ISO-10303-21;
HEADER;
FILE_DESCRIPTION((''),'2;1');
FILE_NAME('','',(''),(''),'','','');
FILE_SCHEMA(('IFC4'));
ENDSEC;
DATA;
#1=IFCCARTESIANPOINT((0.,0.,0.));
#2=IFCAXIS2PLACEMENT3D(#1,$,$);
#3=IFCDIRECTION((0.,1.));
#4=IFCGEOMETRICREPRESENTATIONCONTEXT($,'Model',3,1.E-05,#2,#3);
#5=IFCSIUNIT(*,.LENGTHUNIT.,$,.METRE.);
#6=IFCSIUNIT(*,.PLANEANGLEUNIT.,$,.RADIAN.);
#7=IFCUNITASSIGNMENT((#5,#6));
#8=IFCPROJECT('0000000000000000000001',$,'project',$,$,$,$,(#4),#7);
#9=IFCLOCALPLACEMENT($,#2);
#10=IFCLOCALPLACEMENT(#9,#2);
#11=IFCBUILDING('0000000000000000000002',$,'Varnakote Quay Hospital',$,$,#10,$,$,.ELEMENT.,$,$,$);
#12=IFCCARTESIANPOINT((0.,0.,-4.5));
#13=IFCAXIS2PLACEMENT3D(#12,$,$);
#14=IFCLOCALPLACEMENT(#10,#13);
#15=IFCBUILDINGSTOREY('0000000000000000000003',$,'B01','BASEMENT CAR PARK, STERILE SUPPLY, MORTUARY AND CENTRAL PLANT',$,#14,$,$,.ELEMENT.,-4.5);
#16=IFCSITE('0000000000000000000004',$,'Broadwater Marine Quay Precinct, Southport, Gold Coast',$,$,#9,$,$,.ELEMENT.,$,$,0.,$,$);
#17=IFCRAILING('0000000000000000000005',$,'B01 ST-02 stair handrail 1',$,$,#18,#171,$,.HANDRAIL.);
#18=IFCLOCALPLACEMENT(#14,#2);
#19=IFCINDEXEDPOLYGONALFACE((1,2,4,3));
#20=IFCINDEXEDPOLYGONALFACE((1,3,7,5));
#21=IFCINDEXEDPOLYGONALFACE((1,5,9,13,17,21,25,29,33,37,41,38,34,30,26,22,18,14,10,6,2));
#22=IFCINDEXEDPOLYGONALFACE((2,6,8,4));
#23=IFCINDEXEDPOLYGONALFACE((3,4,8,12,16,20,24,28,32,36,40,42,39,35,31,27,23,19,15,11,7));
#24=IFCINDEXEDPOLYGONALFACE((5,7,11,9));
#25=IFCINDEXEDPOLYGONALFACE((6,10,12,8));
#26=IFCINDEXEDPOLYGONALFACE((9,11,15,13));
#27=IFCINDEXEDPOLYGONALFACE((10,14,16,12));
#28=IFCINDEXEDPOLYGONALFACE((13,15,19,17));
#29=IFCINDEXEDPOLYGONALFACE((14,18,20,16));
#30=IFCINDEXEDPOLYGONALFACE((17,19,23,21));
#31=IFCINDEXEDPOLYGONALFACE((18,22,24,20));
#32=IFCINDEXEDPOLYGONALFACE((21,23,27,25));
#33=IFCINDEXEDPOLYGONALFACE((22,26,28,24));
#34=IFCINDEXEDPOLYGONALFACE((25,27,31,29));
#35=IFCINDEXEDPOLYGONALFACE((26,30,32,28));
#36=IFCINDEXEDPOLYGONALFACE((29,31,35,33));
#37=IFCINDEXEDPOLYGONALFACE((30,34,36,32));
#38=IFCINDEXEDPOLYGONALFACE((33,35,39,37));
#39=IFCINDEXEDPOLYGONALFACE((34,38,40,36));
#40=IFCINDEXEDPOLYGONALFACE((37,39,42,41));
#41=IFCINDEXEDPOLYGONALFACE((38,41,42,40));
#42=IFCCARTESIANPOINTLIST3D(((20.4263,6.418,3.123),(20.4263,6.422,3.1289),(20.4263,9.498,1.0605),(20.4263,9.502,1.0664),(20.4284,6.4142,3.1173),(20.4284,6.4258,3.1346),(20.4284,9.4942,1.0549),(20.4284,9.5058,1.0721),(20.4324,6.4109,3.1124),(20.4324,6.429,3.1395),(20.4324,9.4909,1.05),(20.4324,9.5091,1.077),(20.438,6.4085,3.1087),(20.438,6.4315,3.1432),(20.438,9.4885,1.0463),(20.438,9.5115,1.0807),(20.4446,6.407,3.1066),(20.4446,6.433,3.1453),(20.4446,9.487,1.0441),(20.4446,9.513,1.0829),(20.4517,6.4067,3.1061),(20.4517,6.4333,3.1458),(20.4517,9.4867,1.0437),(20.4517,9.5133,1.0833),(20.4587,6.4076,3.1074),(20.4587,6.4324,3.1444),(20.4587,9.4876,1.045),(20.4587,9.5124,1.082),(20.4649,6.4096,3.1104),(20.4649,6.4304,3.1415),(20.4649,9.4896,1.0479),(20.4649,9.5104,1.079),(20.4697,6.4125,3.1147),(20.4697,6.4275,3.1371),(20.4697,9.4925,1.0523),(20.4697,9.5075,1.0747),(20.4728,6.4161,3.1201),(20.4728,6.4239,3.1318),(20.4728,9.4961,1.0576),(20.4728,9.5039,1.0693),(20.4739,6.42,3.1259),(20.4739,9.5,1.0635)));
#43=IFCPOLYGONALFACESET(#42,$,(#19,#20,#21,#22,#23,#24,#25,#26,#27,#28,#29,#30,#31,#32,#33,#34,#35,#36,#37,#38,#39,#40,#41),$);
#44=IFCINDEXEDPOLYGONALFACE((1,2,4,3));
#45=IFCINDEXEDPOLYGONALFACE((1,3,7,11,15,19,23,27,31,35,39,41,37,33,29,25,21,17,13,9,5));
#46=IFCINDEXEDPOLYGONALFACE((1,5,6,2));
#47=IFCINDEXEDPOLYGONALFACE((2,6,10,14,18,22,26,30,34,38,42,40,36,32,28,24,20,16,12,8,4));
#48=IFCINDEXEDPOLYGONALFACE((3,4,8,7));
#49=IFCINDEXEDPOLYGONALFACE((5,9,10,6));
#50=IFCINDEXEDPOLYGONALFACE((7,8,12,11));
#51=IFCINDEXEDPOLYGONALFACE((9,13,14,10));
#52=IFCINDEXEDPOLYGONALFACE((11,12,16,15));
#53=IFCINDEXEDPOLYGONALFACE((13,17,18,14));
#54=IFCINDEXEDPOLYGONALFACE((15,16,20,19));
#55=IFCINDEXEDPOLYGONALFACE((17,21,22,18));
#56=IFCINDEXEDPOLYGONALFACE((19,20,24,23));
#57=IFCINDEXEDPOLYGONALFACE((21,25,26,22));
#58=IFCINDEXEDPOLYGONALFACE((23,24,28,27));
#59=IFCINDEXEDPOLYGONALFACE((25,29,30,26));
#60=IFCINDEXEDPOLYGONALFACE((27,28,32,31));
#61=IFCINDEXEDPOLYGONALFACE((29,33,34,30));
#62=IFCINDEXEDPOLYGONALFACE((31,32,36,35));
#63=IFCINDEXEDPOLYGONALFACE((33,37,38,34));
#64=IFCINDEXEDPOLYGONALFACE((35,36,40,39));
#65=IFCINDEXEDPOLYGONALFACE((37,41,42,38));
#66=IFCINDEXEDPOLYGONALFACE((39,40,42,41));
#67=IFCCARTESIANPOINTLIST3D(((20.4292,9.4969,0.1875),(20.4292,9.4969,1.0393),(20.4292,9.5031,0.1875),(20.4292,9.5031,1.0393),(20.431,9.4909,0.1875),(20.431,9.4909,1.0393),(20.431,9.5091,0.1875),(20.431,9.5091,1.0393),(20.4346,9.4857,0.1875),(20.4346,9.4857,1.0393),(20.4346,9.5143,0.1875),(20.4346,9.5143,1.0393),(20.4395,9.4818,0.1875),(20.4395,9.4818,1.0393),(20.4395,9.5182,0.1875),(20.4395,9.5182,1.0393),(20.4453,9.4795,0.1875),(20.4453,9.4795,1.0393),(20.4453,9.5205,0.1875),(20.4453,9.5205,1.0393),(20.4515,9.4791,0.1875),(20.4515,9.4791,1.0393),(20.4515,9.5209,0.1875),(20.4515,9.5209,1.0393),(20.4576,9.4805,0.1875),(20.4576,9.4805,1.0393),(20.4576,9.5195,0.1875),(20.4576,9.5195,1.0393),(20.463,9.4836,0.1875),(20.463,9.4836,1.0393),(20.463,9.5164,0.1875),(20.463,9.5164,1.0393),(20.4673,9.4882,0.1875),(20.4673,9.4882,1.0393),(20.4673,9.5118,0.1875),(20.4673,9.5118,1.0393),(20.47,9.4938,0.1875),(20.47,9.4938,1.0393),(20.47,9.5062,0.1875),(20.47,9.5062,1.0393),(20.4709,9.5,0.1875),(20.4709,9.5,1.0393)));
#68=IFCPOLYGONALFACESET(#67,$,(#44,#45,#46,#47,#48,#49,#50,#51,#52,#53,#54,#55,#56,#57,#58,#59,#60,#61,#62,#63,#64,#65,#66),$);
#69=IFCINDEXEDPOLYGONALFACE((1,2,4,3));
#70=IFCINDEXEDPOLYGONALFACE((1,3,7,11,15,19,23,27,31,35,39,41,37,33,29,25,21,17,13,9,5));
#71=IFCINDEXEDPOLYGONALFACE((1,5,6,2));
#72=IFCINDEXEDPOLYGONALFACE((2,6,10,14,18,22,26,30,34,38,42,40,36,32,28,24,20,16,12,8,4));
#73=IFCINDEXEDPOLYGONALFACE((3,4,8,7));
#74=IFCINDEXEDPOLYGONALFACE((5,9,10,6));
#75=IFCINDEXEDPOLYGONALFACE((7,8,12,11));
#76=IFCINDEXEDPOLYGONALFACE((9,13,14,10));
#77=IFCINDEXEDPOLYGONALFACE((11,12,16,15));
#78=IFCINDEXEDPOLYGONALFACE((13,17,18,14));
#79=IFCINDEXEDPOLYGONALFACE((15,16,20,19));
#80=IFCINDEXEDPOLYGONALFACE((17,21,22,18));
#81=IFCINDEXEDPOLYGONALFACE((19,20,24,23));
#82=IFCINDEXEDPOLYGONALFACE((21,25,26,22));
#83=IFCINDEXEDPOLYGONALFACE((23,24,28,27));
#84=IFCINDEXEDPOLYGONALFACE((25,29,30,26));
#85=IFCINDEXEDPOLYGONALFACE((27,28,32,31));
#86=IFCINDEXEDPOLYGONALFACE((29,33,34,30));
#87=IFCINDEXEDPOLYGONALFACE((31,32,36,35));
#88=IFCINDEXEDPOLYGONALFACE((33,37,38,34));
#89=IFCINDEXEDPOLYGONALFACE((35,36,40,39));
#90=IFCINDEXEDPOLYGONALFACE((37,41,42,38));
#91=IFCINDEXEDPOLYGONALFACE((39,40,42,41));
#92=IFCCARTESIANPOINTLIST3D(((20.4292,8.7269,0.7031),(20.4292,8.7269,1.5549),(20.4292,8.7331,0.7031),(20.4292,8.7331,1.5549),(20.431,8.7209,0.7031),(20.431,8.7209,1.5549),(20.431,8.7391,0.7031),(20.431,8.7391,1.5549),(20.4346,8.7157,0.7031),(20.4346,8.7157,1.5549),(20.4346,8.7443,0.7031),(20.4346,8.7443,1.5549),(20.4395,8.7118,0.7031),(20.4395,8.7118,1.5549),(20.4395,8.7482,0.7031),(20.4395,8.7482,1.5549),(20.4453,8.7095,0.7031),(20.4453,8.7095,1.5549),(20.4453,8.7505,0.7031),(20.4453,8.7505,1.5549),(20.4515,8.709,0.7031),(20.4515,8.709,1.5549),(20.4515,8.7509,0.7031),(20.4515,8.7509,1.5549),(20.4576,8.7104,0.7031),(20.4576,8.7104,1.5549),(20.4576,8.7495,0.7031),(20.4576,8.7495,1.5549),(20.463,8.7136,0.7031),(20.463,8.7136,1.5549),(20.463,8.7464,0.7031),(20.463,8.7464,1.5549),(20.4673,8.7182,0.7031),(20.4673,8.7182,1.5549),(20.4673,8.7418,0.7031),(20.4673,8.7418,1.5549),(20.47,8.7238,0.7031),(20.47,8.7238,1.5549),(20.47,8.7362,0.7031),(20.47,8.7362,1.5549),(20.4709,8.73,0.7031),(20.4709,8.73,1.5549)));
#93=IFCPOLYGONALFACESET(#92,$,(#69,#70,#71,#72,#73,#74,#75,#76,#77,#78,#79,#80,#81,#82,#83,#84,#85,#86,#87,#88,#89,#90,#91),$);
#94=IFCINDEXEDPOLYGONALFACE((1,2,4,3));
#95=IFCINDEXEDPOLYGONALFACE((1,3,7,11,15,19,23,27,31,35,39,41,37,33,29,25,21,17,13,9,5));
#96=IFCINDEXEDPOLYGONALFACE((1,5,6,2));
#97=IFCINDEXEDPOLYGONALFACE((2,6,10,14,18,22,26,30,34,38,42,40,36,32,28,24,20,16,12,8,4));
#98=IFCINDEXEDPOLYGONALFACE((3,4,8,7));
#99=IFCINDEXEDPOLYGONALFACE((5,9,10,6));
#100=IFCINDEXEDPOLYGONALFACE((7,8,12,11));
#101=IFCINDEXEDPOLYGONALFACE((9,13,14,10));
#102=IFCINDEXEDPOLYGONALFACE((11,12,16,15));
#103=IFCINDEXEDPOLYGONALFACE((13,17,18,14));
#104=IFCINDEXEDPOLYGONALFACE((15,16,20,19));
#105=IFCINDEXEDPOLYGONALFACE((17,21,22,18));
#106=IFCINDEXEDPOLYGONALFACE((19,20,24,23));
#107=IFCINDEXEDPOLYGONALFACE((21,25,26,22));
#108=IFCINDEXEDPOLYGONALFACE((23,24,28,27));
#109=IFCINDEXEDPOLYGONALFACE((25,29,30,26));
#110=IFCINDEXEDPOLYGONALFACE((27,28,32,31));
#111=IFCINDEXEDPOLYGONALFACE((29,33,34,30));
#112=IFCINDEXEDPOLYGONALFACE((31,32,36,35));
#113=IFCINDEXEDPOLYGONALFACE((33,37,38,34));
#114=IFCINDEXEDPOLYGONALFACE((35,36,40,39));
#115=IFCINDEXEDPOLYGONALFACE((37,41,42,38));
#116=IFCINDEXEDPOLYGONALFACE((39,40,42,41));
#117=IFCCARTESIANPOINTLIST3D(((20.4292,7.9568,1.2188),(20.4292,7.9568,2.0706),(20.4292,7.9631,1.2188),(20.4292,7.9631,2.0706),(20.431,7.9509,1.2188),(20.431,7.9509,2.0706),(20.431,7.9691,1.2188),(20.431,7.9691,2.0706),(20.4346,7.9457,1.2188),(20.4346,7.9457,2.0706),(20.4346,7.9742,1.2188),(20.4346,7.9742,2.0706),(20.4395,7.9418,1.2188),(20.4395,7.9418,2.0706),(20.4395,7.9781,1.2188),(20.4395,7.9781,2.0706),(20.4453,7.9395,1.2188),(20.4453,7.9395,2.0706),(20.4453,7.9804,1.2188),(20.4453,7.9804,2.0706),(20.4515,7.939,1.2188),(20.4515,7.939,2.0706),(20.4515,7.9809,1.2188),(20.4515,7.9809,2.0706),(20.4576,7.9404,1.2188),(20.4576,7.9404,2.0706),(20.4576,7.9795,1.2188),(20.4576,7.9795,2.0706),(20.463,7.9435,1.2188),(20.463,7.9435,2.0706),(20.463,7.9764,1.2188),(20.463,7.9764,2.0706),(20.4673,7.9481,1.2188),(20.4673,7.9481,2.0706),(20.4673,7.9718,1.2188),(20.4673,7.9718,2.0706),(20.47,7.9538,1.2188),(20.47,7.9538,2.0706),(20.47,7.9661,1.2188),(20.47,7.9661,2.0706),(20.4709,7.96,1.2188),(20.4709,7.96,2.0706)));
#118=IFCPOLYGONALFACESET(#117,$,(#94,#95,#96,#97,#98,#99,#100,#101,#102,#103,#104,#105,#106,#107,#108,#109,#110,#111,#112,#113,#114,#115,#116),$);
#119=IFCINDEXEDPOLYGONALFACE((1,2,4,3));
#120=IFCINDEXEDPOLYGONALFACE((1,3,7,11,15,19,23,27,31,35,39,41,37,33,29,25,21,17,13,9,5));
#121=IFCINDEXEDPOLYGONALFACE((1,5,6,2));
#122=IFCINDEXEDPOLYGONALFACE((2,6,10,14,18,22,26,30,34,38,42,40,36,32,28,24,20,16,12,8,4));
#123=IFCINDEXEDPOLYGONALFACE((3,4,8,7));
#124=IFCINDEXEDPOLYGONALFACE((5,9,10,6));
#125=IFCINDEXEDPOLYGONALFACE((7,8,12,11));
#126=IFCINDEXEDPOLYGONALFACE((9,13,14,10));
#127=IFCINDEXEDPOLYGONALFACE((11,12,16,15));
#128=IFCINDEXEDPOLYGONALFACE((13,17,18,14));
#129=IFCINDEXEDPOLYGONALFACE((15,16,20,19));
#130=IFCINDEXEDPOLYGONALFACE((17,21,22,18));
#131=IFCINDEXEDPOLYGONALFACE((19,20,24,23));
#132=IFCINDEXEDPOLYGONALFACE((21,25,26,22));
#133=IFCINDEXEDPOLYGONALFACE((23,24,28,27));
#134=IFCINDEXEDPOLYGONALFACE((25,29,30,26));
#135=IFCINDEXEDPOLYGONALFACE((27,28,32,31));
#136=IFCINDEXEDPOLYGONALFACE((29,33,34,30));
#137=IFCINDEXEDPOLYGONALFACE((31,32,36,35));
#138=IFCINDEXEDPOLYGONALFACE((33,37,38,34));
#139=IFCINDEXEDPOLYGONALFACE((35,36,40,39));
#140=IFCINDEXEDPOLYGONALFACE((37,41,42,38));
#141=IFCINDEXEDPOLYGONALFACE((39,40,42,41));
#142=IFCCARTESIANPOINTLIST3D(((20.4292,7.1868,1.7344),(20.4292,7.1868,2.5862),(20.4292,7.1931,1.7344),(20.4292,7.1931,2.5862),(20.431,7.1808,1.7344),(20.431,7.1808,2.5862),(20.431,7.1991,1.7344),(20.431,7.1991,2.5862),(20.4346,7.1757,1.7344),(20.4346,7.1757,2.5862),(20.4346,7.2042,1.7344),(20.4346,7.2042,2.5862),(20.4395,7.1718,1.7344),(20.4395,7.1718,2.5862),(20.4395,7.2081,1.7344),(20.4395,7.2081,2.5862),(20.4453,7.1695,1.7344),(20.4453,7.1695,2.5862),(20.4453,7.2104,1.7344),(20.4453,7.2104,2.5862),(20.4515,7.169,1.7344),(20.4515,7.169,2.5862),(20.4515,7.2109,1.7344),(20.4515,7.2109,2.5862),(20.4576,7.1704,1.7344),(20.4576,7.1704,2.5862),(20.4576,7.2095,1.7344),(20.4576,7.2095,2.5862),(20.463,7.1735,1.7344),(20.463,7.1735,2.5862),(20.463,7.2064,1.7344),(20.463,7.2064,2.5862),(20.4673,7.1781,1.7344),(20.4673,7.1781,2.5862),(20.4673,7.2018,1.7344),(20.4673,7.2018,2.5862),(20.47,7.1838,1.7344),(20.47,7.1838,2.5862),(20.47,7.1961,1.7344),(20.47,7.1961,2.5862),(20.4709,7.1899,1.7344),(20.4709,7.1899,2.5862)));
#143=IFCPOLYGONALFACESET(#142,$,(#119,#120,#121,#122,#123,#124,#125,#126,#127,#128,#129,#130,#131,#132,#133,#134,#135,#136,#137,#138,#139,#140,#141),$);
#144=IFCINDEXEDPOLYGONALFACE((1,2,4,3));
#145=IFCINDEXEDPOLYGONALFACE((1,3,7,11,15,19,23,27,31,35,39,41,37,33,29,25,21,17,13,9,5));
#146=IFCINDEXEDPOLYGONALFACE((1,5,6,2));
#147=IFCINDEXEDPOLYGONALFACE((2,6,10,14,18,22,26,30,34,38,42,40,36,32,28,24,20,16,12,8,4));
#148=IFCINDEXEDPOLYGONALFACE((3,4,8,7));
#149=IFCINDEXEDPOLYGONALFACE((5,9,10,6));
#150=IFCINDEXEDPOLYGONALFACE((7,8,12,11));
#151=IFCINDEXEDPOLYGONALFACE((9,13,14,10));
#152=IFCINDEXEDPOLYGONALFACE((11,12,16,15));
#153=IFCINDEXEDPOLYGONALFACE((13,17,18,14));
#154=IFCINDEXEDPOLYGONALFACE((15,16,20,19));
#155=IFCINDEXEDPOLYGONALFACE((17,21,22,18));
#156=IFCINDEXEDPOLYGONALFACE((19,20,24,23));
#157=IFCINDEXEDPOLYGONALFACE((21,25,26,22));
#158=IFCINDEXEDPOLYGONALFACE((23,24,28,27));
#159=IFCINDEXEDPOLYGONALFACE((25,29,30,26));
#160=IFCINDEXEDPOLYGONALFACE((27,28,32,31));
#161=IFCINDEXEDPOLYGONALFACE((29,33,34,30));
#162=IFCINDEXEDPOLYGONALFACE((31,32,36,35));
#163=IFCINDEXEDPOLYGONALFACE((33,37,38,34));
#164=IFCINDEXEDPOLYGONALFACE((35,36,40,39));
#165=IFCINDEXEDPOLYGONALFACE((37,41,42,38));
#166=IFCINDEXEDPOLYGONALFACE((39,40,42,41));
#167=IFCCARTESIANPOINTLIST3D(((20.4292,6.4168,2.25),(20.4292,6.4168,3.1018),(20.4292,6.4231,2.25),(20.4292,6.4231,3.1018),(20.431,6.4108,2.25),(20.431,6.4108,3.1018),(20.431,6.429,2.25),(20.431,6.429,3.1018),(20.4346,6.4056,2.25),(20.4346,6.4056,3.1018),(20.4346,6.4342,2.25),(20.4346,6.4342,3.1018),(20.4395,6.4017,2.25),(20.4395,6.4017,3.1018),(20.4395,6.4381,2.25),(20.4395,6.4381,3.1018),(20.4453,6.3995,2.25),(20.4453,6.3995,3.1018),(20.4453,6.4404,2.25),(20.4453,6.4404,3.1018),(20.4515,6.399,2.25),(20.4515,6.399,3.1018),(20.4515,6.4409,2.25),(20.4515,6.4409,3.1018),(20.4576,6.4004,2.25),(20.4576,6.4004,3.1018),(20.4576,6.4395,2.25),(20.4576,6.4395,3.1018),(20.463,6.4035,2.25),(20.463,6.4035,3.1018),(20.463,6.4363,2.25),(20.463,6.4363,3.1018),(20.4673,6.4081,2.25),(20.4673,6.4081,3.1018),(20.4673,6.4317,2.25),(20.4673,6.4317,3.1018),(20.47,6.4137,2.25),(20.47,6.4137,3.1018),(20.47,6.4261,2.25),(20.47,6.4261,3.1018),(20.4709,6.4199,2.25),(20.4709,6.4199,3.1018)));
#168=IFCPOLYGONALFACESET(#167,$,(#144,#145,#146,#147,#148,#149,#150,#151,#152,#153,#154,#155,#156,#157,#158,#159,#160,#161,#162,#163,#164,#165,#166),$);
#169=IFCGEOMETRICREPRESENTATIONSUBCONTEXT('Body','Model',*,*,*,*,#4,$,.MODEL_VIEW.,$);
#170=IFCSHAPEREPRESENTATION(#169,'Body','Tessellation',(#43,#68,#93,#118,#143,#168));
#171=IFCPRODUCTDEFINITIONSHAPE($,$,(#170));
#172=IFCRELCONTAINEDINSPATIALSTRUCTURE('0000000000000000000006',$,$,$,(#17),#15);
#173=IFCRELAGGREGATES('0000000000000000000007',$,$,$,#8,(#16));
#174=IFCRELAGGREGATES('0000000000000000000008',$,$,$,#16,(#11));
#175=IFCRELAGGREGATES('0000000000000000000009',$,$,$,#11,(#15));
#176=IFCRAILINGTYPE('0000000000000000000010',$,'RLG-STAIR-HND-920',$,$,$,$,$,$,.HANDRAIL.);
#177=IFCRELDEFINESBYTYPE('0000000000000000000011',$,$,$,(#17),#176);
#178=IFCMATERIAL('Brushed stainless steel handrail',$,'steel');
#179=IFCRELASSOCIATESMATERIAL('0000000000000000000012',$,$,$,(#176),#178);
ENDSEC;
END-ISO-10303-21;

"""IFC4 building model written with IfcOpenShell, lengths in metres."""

from ifc_helpers import new_model, si_unit, direction, frame, origin, origin_2d, place, context, subcontext, project, spatial, circle, extrude, material, type_object, element, save


model = new_model("IFC4")

# Units and contexts
model_context = context("Model", 3, precision=1e-05, world=origin(), true_north=direction((0.0, 1.0)))
body_context = subcontext(model_context, "Body", "Model", "MODEL_VIEW")
ifc_project = project(units=[si_unit("LENGTHUNIT", "METRE"), si_unit("PLANEANGLEUNIT", "RADIAN")], contexts=[model_context])

# Site, building, storey
site_placement = place(None, origin())
site = spatial("IfcSite", under=ifc_project, at=site_placement, Name="Broadwater Marine Quay Precinct, Southport, Gold Coast", CompositionType="ELEMENT", RefElevation=0.0)
building_placement = place(site_placement, origin())
building = spatial("IfcBuilding", under=site, at=building_placement, Name="Varnakote Quay Hospital", CompositionType="ELEMENT")
storey_placement = place(building_placement, frame((0.0, 0.0, -4.5)))
storey = spatial("IfcBuildingStorey", under=building, at=storey_placement, Name="B01", Description="BASEMENT CAR PARK, STERILE SUPPLY, MORTUARY AND CENTRAL PLANT", CompositionType="ELEMENT", Elevation=-4.5)

# Railing
ifc_material_1 = material(Name="Brushed stainless steel handrail", Category="steel")
railing_type_1 = type_object("IfcRailingType", Name="RLG-STAIR-HND-920", PredefinedType="HANDRAIL", material=ifc_material_1)
railing_1_placement = place(storey_placement, frame((20.45, 9.5, 0.1875)))
element("IfcRailing", 1, at=railing_1_placement, inside=storey, type_object=railing_type_1, Name="B01 ST-02 stair handrail 1", PredefinedType="HANDRAIL", context=body_context, shape_type="SweptSolid", body=[
    extrude(circle(Radius=0.0239, at=origin_2d()), frame((0.0, 0.0, 0.876), z_axis=(0.0, -0.830914, 0.556401), x_axis=(1.0, 0.0, 0.0)), (0.0, 0.0, 1.0), 3.7068),
    extrude(circle(Radius=0.021, at=origin_2d()), origin(), (0.0, 0.0, 1.0), 0.8518),
    extrude(circle(Radius=0.021, at=origin_2d()), frame((0.0, -0.77, 0.5156)), (0.0, 0.0, 1.0), 0.8518),
    extrude(circle(Radius=0.021, at=origin_2d()), frame((0.0, -1.54, 1.0312)), (0.0, 0.0, 1.0), 0.8518),
    extrude(circle(Radius=0.021, at=origin_2d()), frame((0.0, -2.3101, 1.5469)), (0.0, 0.0, 1.0), 0.8518),
    extrude(circle(Radius=0.021, at=origin_2d()), frame((0.0, -3.0801, 2.0625)), (0.0, 0.0, 1.0), 0.8518),
])

save(model, "model.ifc")
